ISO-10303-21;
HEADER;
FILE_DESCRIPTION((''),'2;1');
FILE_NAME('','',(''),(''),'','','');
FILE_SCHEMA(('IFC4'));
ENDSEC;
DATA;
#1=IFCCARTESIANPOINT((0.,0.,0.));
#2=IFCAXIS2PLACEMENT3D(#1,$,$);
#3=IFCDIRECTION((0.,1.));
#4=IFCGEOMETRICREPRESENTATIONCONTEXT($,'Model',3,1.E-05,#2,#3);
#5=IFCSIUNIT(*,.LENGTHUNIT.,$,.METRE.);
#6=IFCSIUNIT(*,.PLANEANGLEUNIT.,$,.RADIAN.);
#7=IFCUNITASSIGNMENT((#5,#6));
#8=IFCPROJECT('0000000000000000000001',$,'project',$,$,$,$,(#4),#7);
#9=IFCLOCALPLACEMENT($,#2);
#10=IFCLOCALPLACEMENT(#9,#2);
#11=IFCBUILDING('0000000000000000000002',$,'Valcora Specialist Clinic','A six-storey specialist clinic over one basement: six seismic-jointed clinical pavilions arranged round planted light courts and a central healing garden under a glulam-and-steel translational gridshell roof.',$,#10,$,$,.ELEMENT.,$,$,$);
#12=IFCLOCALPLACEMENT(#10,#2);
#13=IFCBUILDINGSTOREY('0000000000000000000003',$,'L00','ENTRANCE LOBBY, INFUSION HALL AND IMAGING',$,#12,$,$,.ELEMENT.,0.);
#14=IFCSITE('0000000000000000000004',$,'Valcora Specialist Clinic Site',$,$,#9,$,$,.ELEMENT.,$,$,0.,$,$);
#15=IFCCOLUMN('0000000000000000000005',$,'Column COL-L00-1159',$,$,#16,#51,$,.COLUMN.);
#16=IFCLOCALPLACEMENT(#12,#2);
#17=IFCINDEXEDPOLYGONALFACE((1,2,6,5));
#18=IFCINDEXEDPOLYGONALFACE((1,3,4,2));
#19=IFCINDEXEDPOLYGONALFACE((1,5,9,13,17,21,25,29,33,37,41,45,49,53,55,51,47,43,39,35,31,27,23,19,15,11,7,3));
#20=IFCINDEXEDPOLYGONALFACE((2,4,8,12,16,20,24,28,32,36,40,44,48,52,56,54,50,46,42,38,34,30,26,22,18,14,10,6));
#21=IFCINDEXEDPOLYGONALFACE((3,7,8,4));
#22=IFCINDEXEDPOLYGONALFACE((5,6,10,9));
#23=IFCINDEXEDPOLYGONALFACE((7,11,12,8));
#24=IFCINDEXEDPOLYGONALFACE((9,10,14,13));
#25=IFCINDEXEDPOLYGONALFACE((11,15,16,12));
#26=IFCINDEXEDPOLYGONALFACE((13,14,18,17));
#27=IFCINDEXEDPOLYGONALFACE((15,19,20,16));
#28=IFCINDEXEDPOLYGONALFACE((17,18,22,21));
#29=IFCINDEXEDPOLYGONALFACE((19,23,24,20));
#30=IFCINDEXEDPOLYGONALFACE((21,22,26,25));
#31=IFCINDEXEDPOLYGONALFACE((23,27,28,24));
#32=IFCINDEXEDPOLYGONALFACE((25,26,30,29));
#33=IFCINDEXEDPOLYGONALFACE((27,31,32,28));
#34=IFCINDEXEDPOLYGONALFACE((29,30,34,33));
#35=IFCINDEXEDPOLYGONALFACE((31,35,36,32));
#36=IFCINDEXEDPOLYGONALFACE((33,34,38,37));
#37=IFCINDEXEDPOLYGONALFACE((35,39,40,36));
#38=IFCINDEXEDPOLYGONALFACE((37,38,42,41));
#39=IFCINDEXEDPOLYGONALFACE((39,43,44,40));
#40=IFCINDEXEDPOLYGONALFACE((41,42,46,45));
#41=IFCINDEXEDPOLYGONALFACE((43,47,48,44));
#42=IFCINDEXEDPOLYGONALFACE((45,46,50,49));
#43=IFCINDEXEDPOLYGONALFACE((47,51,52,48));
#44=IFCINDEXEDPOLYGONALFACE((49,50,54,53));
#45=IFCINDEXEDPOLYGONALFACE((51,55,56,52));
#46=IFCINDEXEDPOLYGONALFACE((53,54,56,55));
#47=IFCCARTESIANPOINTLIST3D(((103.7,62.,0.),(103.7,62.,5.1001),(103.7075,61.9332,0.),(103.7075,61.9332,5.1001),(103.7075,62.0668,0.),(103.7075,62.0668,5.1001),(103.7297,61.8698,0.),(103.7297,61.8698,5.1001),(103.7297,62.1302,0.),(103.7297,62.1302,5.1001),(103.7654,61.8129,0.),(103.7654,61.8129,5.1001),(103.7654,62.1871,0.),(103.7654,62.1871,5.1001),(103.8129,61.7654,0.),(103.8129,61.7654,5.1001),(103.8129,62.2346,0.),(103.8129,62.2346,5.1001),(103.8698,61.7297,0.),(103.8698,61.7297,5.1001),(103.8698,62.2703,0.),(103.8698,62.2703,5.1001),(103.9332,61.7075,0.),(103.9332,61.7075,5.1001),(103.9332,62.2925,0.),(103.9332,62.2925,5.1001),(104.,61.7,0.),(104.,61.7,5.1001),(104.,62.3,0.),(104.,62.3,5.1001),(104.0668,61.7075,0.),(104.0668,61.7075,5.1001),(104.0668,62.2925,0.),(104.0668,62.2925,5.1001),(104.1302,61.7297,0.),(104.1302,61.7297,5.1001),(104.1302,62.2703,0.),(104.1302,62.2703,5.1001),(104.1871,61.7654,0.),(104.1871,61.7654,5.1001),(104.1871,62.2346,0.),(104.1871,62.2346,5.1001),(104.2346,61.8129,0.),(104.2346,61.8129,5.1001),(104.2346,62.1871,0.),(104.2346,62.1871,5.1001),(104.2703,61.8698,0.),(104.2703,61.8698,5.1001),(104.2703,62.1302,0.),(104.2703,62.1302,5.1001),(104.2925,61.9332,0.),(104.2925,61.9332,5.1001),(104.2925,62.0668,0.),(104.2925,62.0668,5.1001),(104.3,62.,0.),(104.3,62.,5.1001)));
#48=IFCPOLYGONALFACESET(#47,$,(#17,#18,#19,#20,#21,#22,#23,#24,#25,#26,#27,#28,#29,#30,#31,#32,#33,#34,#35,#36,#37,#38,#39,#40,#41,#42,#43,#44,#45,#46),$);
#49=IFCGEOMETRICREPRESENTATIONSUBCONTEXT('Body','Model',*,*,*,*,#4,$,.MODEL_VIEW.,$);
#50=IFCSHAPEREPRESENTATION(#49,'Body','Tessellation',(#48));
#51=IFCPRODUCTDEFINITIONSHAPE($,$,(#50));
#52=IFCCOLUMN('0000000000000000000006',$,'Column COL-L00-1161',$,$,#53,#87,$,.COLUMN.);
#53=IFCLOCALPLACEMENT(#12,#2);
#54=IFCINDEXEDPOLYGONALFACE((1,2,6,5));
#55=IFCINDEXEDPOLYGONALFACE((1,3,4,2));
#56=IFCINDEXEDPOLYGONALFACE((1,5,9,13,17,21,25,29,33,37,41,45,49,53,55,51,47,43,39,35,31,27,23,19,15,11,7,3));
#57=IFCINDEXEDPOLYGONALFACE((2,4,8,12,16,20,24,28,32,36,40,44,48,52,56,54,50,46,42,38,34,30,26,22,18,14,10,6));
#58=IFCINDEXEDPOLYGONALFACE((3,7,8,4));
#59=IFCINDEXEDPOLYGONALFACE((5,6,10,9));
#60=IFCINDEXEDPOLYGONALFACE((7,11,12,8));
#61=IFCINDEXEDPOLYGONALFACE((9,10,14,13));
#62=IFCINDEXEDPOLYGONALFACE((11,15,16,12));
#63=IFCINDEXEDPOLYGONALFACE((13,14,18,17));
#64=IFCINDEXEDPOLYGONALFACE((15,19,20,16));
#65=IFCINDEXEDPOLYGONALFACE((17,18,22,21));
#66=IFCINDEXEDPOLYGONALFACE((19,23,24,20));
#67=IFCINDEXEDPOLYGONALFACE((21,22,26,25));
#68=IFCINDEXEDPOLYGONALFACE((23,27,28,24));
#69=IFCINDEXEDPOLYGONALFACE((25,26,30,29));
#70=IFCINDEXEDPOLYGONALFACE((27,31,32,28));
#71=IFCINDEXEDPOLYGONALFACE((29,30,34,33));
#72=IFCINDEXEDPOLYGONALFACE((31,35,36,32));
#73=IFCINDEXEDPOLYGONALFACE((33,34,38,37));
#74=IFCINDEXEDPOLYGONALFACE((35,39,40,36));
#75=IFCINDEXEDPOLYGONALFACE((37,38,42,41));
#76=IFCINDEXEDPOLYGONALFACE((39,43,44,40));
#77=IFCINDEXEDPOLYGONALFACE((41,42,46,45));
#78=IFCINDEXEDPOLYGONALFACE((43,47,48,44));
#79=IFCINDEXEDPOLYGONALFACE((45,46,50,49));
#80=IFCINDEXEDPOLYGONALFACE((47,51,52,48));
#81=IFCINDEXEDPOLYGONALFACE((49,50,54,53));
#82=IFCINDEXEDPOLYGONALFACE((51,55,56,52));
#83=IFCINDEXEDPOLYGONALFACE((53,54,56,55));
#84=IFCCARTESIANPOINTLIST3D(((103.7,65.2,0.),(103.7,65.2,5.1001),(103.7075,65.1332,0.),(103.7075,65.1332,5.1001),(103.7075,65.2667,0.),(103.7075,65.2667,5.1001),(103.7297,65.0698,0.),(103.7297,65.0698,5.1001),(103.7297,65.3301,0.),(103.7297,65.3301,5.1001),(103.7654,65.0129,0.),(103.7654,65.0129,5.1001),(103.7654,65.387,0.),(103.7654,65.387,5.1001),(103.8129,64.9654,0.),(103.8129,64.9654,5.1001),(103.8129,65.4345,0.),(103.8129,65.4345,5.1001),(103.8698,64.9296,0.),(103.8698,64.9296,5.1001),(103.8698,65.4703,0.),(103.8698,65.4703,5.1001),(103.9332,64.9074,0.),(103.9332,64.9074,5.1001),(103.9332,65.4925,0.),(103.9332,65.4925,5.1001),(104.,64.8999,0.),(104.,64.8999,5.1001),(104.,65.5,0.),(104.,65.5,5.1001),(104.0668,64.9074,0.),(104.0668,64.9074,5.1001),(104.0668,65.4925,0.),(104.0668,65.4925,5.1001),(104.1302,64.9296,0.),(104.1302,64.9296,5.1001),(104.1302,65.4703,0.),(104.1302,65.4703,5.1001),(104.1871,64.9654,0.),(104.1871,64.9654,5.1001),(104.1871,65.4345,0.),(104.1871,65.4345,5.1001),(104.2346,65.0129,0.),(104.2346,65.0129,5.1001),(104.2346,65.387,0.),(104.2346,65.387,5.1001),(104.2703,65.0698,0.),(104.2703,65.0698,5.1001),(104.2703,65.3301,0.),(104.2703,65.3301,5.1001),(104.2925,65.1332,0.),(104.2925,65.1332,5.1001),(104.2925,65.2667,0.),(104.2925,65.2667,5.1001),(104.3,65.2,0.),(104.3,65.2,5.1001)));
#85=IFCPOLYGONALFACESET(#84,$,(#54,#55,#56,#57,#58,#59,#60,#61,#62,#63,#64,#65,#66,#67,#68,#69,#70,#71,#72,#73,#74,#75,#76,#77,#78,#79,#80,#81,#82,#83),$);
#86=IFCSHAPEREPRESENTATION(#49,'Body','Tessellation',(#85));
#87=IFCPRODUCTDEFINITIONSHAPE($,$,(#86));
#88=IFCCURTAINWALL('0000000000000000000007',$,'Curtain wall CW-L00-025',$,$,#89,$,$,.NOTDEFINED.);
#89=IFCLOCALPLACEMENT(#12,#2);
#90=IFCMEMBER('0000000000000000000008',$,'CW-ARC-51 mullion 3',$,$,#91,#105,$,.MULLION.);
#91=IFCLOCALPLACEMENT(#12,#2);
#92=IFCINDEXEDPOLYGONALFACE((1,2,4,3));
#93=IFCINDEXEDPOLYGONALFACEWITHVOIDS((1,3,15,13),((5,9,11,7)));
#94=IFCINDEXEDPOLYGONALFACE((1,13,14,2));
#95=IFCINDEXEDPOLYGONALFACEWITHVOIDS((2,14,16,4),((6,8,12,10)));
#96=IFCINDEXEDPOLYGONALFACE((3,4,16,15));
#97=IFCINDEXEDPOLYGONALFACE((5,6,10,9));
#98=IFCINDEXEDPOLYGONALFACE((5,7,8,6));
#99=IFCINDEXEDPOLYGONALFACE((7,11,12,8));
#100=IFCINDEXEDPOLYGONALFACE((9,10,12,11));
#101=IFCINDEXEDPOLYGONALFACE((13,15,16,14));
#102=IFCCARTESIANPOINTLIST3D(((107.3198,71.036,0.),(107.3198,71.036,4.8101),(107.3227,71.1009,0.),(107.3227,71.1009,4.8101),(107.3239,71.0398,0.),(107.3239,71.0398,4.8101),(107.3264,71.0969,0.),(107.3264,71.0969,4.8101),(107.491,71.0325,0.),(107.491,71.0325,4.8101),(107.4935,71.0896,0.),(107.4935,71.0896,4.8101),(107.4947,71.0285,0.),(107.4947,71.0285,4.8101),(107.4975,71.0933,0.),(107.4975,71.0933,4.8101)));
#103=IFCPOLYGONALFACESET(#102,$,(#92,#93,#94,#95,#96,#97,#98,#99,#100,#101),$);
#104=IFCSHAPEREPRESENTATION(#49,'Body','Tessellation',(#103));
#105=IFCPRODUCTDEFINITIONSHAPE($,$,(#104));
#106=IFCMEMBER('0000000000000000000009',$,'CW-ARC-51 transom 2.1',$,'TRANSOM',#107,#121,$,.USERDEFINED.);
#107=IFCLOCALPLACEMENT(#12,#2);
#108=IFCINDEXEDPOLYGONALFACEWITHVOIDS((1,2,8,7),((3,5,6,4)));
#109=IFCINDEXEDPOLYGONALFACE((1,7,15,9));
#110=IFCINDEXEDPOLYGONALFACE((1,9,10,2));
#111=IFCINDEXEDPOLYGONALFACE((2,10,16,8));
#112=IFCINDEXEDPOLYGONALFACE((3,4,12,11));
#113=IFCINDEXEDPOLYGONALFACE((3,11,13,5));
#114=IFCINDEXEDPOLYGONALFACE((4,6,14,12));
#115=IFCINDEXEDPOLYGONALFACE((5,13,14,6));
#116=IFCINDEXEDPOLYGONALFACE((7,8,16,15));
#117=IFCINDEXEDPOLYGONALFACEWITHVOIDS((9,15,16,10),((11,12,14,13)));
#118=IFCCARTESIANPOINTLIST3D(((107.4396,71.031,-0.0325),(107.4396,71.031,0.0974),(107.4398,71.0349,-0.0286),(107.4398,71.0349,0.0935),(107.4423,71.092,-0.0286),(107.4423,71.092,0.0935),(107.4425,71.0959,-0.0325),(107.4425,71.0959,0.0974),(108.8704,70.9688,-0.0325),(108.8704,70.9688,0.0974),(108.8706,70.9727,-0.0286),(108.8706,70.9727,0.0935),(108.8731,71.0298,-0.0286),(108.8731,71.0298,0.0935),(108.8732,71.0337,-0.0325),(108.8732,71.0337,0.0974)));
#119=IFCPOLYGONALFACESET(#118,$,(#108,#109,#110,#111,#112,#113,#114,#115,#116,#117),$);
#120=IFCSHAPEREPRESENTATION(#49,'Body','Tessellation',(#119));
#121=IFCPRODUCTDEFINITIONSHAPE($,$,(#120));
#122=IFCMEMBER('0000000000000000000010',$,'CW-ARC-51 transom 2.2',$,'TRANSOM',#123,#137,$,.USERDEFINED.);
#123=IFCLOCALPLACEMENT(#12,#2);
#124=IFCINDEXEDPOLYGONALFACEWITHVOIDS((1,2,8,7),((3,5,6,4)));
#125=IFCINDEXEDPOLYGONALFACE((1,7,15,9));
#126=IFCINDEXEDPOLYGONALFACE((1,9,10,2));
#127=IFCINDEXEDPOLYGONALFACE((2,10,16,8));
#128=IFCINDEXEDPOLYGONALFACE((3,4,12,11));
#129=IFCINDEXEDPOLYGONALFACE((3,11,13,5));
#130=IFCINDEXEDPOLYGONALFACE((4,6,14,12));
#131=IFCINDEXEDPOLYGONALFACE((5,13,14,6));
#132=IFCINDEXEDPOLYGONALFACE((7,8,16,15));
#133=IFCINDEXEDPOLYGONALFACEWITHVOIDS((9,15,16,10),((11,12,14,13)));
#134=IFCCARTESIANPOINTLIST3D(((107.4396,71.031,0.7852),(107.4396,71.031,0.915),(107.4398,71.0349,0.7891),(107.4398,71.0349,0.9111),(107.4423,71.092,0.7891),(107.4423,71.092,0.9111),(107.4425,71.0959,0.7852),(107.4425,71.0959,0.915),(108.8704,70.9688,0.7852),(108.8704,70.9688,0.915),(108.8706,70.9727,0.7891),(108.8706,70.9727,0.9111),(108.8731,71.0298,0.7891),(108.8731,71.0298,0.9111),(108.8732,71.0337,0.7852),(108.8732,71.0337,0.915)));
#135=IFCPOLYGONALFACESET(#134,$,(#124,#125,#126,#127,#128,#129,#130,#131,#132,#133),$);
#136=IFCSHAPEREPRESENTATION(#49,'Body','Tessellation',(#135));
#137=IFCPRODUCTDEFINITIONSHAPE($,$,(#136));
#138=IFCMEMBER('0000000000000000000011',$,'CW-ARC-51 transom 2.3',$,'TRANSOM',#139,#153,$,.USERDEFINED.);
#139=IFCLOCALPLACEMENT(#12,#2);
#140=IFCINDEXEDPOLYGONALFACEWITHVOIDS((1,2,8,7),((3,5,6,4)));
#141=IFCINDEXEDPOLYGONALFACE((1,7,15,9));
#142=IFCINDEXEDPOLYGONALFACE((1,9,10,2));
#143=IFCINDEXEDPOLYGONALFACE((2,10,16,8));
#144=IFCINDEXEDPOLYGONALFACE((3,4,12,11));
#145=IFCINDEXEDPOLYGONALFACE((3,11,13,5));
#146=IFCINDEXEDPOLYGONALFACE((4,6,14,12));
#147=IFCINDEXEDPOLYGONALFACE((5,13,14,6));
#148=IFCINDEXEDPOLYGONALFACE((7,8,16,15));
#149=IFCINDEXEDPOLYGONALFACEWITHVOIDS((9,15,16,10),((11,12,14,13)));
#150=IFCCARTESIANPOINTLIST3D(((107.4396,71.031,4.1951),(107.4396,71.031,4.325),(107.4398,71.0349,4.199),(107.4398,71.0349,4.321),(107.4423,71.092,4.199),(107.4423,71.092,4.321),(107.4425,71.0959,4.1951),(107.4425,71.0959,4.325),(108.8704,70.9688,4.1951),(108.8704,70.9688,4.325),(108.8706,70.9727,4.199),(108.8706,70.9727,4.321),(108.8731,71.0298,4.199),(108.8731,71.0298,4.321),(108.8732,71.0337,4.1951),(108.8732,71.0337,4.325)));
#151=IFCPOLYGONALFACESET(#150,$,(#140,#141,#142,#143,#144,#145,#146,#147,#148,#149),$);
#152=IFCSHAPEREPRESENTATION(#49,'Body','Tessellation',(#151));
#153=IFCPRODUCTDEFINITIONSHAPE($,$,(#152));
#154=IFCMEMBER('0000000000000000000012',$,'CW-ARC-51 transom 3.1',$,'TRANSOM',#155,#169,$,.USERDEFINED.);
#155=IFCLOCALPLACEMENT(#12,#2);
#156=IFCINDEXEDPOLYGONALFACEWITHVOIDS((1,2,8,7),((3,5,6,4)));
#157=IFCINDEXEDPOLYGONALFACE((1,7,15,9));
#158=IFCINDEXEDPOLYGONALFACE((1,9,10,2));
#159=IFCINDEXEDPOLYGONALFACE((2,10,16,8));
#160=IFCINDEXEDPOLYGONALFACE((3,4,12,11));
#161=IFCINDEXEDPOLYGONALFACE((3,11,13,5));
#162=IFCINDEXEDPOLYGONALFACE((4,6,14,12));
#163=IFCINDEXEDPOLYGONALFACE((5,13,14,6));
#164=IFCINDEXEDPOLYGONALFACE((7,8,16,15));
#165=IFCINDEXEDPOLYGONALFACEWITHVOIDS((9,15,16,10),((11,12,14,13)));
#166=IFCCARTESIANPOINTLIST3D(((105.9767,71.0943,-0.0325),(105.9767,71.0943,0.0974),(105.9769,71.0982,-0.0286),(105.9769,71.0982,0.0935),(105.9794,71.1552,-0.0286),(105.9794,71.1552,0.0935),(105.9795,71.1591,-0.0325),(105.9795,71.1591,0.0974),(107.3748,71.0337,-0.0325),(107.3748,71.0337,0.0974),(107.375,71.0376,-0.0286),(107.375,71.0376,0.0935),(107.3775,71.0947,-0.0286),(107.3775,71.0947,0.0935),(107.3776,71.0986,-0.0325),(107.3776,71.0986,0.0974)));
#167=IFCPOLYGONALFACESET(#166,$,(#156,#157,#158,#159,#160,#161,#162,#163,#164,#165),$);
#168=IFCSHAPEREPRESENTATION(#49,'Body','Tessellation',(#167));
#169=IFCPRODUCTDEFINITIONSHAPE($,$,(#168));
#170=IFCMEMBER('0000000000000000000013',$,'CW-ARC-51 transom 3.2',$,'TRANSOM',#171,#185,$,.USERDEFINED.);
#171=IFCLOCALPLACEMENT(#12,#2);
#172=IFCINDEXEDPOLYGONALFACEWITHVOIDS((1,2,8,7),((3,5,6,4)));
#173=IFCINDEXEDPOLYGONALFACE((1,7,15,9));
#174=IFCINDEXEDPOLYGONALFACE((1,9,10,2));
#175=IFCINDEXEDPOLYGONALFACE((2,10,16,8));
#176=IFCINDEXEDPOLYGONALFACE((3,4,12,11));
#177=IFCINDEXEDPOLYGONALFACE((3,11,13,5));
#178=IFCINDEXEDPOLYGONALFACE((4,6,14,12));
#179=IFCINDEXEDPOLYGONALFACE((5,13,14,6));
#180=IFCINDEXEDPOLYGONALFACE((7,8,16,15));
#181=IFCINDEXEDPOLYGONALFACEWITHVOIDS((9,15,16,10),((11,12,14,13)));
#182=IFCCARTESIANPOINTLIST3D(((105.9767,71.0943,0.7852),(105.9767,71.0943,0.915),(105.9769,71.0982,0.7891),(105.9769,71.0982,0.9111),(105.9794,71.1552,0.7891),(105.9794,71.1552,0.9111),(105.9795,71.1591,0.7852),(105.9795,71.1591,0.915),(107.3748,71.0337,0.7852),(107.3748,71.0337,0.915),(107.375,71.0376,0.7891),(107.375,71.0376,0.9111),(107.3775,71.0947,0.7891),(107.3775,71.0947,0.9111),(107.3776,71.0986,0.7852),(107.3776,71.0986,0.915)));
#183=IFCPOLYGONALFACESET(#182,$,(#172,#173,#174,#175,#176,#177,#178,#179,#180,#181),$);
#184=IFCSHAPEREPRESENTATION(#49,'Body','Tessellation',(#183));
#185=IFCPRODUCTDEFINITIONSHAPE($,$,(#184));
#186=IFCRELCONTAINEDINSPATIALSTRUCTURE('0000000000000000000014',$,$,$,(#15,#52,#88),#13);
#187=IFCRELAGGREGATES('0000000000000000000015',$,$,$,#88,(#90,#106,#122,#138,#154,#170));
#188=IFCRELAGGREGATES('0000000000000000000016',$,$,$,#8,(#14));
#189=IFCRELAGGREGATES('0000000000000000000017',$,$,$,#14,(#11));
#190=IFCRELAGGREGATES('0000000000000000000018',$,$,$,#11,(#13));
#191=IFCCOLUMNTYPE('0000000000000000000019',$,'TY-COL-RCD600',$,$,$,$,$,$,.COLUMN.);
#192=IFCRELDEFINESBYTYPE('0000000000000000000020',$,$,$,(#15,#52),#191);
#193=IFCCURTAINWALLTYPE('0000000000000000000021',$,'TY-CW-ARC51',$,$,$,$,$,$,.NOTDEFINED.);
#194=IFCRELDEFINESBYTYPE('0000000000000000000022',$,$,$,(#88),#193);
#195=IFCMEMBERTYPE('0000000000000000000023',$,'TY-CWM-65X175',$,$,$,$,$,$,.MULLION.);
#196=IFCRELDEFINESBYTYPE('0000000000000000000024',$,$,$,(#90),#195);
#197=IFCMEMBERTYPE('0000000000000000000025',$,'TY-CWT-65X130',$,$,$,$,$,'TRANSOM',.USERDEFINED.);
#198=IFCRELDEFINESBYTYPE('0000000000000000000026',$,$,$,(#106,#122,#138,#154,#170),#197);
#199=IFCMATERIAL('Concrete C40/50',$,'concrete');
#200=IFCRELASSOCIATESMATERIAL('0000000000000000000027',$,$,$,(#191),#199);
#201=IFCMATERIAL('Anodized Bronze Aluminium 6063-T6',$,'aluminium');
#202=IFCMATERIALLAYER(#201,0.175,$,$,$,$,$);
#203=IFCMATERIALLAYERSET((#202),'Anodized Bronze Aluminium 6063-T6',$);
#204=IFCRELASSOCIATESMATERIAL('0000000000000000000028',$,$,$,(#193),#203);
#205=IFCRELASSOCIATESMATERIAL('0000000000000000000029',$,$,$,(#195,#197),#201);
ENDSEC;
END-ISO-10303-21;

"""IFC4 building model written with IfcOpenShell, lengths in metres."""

from ifc_helpers import new_model, si_unit, direction, frame, origin, origin_2d, place, context, subcontext, project, spatial, hollow_rectangle, circle, extrude, material, layer, layer_set, material_profile, profile_set, type_object, element, aggregate, save


model = new_model("IFC4")

# Units and contexts
model_context = context("Model", 3, precision=1e-05, world=origin(), true_north=direction((0.0, 1.0)))
body_context = subcontext(model_context, "Body", "Model", "MODEL_VIEW")
ifc_project = project(units=[si_unit("LENGTHUNIT", "METRE"), si_unit("PLANEANGLEUNIT", "RADIAN")], contexts=[model_context])

# Site, building, storey
site_placement = place(None, origin())
site = spatial("IfcSite", under=ifc_project, at=site_placement, Name="Valcora Specialist Clinic Site", CompositionType="ELEMENT", RefElevation=0.0)
building_placement = place(site_placement, origin())
building = spatial("IfcBuilding", under=site, at=building_placement, Name="Valcora Specialist Clinic", Description="A six-storey specialist clinic over one basement: six seismic-jointed clinical pavilions arranged round planted light courts and a central healing garden under a glulam-and-steel translational gridshell roof.", CompositionType="ELEMENT")
storey_placement = place(building_placement, origin())
storey = spatial("IfcBuildingStorey", under=building, at=storey_placement, Name="L00", Description="ENTRANCE LOBBY, INFUSION HALL AND IMAGING", CompositionType="ELEMENT", Elevation=0.0)

# Columns
ifc_material_1 = material(Name="Concrete C40/50", Category="concrete")
ifc_material_profile_1 = material_profile(ifc_material_1, circle(Radius=0.3, at=origin_2d()), Name="RC-COL-D600")
ifc_profile_set_1 = profile_set([ifc_material_profile_1], Name="Concrete C40/50")
column_type = type_object("IfcColumnType", Name="TY-COL-RCD600", PredefinedType="COLUMN", material=ifc_profile_set_1)
for number, where, z_axis, x_axis, name in (
    (1, (104.0, 62.0, 0.0), (0.0, 0.0, 1.0), (1.0, 0.0, 0.0), "Column COL-L00-1159"),
    (2, (104.0, 65.2, 0.0), (0.0, 0.0, 1.0), (1.0, 0.0, 0.0), "Column COL-L00-1161"),
):
    element("IfcColumn", number, at=place(storey_placement, frame(where, z_axis=z_axis, x_axis=x_axis)), inside=storey, type_object=column_type, Name=name, PredefinedType="COLUMN", context=body_context, shape_type="SweptSolid", body=[
        extrude(circle(Radius=0.3, at=origin_2d()), origin(), (0.0, 0.0, 1.0), 5.1001),
    ])

# Curtain wall, members
ifc_material_2 = material(Name="Anodized Bronze Aluminium 6063-T6", Category="aluminium")
ifc_layer_1 = layer(ifc_material_2, 0.175)
ifc_layer_set_1 = layer_set([ifc_layer_1], Name="Anodized Bronze Aluminium 6063-T6")
curtain_wall_type = type_object("IfcCurtainWallType", Name="TY-CW-ARC51", PredefinedType="NOTDEFINED", material=ifc_layer_set_1)
curtain_wall_placement = place(storey_placement, origin())
curtain_wall = element("IfcCurtainWall", 3, at=curtain_wall_placement, inside=storey, type_object=curtain_wall_type, Name="Curtain wall CW-L00-025", PredefinedType="NOTDEFINED")
ifc_material_profile_2 = material_profile(ifc_material_2, hollow_rectangle(XDim=0.0649, YDim=0.175, WallThickness=0.0039, at=origin_2d()), Name="AL-MUL-65X175")
ifc_profile_set_2 = profile_set([ifc_material_profile_2], Name="Anodized Bronze Aluminium 6063-T6")
member_type_1 = type_object("IfcMemberType", Name="TY-CWM-65X175", PredefinedType="MULLION", material=ifc_profile_set_2)
member_1_placement = place(storey_placement, frame((107.4087, 71.0647, 0.0), z_axis=(0.0, 0.0, 1.0), x_axis=(-0.043307, -0.999062, 0.0)))
member_1 = element("IfcMember", 4, at=member_1_placement, type_object=member_type_1, Name="CW-ARC-51 mullion 3", PredefinedType="MULLION", context=body_context, shape_type="SweptSolid", body=[
    extrude(hollow_rectangle(XDim=0.0649, YDim=0.175, WallThickness=0.0039, at=origin_2d()), origin(), (0.0, 0.0, 1.0), 4.8101),
])
ifc_material_profile_3 = material_profile(ifc_material_2, hollow_rectangle(XDim=0.0649, YDim=0.1299, WallThickness=0.0039, at=origin_2d()), Name="AL-TRN-65X130")
ifc_profile_set_3 = profile_set([ifc_material_profile_3], Name="Anodized Bronze Aluminium 6063-T6")
member_type_2 = type_object("IfcMemberType", Name="TY-CWT-65X130", ElementType="TRANSOM", PredefinedType="USERDEFINED", material=ifc_profile_set_3)
member_2_placement = place(storey_placement, frame((108.8718, 71.0012, 0.0325), z_axis=(-0.999055, 0.043474, 0.0), x_axis=(-0.043474, -0.999055, 0.0)))
member_2 = element("IfcMember", 5, at=member_2_placement, type_object=member_type_2, Name="CW-ARC-51 transom 2.1", ObjectType="TRANSOM", PredefinedType="USERDEFINED", context=body_context, shape_type="SweptSolid", body=[
    extrude(hollow_rectangle(XDim=0.0649, YDim=0.1299, WallThickness=0.0039, at=origin_2d()), origin(), (0.0, 0.0, 1.0), 1.4321),
])
member_3_placement = place(storey_placement, frame((108.8718, 71.0012, 0.8501), z_axis=(-0.999055, 0.043474, 0.0), x_axis=(-0.043474, -0.999055, 0.0)))
member_3 = element("IfcMember", 6, at=member_3_placement, type_object=member_type_2, Name="CW-ARC-51 transom 2.2", ObjectType="TRANSOM", PredefinedType="USERDEFINED", context=body_context, shape_type="SweptSolid", body=[
    extrude(hollow_rectangle(XDim=0.0649, YDim=0.1299, WallThickness=0.0039, at=origin_2d()), origin(), (0.0, 0.0, 1.0), 1.4321),
])
member_4_placement = place(storey_placement, frame((108.8718, 71.0012, 4.26), z_axis=(-0.999055, 0.043474, 0.0), x_axis=(-0.043474, -0.999055, 0.0)))
member_4 = element("IfcMember", 7, at=member_4_placement, type_object=member_type_2, Name="CW-ARC-51 transom 2.3", ObjectType="TRANSOM", PredefinedType="USERDEFINED", context=body_context, shape_type="SweptSolid", body=[
    extrude(hollow_rectangle(XDim=0.0649, YDim=0.1299, WallThickness=0.0039, at=origin_2d()), origin(), (0.0, 0.0, 1.0), 1.4321),
])
member_5_placement = place(storey_placement, frame((107.3762, 71.0662, 0.0325), z_axis=(-0.999064, 0.043263, 0.0), x_axis=(-0.043263, -0.999064, 0.0)))
member_5 = element("IfcMember", 8, at=member_5_placement, type_object=member_type_2, Name="CW-ARC-51 transom 3.1", ObjectType="TRANSOM", PredefinedType="USERDEFINED", context=body_context, shape_type="SweptSolid", body=[
    extrude(hollow_rectangle(XDim=0.0649, YDim=0.1299, WallThickness=0.0039, at=origin_2d()), origin(), (0.0, 0.0, 1.0), 1.3994),
])
member_6_placement = place(storey_placement, frame((107.3762, 71.0662, 0.8501), z_axis=(-0.999064, 0.043263, 0.0), x_axis=(-0.043263, -0.999064, 0.0)))
member_6 = element("IfcMember", 9, at=member_6_placement, type_object=member_type_2, Name="CW-ARC-51 transom 3.2", ObjectType="TRANSOM", PredefinedType="USERDEFINED", context=body_context, shape_type="SweptSolid", body=[
    extrude(hollow_rectangle(XDim=0.0649, YDim=0.1299, WallThickness=0.0039, at=origin_2d()), origin(), (0.0, 0.0, 1.0), 1.3994),
])

aggregate(curtain_wall, [member_1, member_2, member_3, member_4, member_5, member_6])

save(model, "model.ifc")
